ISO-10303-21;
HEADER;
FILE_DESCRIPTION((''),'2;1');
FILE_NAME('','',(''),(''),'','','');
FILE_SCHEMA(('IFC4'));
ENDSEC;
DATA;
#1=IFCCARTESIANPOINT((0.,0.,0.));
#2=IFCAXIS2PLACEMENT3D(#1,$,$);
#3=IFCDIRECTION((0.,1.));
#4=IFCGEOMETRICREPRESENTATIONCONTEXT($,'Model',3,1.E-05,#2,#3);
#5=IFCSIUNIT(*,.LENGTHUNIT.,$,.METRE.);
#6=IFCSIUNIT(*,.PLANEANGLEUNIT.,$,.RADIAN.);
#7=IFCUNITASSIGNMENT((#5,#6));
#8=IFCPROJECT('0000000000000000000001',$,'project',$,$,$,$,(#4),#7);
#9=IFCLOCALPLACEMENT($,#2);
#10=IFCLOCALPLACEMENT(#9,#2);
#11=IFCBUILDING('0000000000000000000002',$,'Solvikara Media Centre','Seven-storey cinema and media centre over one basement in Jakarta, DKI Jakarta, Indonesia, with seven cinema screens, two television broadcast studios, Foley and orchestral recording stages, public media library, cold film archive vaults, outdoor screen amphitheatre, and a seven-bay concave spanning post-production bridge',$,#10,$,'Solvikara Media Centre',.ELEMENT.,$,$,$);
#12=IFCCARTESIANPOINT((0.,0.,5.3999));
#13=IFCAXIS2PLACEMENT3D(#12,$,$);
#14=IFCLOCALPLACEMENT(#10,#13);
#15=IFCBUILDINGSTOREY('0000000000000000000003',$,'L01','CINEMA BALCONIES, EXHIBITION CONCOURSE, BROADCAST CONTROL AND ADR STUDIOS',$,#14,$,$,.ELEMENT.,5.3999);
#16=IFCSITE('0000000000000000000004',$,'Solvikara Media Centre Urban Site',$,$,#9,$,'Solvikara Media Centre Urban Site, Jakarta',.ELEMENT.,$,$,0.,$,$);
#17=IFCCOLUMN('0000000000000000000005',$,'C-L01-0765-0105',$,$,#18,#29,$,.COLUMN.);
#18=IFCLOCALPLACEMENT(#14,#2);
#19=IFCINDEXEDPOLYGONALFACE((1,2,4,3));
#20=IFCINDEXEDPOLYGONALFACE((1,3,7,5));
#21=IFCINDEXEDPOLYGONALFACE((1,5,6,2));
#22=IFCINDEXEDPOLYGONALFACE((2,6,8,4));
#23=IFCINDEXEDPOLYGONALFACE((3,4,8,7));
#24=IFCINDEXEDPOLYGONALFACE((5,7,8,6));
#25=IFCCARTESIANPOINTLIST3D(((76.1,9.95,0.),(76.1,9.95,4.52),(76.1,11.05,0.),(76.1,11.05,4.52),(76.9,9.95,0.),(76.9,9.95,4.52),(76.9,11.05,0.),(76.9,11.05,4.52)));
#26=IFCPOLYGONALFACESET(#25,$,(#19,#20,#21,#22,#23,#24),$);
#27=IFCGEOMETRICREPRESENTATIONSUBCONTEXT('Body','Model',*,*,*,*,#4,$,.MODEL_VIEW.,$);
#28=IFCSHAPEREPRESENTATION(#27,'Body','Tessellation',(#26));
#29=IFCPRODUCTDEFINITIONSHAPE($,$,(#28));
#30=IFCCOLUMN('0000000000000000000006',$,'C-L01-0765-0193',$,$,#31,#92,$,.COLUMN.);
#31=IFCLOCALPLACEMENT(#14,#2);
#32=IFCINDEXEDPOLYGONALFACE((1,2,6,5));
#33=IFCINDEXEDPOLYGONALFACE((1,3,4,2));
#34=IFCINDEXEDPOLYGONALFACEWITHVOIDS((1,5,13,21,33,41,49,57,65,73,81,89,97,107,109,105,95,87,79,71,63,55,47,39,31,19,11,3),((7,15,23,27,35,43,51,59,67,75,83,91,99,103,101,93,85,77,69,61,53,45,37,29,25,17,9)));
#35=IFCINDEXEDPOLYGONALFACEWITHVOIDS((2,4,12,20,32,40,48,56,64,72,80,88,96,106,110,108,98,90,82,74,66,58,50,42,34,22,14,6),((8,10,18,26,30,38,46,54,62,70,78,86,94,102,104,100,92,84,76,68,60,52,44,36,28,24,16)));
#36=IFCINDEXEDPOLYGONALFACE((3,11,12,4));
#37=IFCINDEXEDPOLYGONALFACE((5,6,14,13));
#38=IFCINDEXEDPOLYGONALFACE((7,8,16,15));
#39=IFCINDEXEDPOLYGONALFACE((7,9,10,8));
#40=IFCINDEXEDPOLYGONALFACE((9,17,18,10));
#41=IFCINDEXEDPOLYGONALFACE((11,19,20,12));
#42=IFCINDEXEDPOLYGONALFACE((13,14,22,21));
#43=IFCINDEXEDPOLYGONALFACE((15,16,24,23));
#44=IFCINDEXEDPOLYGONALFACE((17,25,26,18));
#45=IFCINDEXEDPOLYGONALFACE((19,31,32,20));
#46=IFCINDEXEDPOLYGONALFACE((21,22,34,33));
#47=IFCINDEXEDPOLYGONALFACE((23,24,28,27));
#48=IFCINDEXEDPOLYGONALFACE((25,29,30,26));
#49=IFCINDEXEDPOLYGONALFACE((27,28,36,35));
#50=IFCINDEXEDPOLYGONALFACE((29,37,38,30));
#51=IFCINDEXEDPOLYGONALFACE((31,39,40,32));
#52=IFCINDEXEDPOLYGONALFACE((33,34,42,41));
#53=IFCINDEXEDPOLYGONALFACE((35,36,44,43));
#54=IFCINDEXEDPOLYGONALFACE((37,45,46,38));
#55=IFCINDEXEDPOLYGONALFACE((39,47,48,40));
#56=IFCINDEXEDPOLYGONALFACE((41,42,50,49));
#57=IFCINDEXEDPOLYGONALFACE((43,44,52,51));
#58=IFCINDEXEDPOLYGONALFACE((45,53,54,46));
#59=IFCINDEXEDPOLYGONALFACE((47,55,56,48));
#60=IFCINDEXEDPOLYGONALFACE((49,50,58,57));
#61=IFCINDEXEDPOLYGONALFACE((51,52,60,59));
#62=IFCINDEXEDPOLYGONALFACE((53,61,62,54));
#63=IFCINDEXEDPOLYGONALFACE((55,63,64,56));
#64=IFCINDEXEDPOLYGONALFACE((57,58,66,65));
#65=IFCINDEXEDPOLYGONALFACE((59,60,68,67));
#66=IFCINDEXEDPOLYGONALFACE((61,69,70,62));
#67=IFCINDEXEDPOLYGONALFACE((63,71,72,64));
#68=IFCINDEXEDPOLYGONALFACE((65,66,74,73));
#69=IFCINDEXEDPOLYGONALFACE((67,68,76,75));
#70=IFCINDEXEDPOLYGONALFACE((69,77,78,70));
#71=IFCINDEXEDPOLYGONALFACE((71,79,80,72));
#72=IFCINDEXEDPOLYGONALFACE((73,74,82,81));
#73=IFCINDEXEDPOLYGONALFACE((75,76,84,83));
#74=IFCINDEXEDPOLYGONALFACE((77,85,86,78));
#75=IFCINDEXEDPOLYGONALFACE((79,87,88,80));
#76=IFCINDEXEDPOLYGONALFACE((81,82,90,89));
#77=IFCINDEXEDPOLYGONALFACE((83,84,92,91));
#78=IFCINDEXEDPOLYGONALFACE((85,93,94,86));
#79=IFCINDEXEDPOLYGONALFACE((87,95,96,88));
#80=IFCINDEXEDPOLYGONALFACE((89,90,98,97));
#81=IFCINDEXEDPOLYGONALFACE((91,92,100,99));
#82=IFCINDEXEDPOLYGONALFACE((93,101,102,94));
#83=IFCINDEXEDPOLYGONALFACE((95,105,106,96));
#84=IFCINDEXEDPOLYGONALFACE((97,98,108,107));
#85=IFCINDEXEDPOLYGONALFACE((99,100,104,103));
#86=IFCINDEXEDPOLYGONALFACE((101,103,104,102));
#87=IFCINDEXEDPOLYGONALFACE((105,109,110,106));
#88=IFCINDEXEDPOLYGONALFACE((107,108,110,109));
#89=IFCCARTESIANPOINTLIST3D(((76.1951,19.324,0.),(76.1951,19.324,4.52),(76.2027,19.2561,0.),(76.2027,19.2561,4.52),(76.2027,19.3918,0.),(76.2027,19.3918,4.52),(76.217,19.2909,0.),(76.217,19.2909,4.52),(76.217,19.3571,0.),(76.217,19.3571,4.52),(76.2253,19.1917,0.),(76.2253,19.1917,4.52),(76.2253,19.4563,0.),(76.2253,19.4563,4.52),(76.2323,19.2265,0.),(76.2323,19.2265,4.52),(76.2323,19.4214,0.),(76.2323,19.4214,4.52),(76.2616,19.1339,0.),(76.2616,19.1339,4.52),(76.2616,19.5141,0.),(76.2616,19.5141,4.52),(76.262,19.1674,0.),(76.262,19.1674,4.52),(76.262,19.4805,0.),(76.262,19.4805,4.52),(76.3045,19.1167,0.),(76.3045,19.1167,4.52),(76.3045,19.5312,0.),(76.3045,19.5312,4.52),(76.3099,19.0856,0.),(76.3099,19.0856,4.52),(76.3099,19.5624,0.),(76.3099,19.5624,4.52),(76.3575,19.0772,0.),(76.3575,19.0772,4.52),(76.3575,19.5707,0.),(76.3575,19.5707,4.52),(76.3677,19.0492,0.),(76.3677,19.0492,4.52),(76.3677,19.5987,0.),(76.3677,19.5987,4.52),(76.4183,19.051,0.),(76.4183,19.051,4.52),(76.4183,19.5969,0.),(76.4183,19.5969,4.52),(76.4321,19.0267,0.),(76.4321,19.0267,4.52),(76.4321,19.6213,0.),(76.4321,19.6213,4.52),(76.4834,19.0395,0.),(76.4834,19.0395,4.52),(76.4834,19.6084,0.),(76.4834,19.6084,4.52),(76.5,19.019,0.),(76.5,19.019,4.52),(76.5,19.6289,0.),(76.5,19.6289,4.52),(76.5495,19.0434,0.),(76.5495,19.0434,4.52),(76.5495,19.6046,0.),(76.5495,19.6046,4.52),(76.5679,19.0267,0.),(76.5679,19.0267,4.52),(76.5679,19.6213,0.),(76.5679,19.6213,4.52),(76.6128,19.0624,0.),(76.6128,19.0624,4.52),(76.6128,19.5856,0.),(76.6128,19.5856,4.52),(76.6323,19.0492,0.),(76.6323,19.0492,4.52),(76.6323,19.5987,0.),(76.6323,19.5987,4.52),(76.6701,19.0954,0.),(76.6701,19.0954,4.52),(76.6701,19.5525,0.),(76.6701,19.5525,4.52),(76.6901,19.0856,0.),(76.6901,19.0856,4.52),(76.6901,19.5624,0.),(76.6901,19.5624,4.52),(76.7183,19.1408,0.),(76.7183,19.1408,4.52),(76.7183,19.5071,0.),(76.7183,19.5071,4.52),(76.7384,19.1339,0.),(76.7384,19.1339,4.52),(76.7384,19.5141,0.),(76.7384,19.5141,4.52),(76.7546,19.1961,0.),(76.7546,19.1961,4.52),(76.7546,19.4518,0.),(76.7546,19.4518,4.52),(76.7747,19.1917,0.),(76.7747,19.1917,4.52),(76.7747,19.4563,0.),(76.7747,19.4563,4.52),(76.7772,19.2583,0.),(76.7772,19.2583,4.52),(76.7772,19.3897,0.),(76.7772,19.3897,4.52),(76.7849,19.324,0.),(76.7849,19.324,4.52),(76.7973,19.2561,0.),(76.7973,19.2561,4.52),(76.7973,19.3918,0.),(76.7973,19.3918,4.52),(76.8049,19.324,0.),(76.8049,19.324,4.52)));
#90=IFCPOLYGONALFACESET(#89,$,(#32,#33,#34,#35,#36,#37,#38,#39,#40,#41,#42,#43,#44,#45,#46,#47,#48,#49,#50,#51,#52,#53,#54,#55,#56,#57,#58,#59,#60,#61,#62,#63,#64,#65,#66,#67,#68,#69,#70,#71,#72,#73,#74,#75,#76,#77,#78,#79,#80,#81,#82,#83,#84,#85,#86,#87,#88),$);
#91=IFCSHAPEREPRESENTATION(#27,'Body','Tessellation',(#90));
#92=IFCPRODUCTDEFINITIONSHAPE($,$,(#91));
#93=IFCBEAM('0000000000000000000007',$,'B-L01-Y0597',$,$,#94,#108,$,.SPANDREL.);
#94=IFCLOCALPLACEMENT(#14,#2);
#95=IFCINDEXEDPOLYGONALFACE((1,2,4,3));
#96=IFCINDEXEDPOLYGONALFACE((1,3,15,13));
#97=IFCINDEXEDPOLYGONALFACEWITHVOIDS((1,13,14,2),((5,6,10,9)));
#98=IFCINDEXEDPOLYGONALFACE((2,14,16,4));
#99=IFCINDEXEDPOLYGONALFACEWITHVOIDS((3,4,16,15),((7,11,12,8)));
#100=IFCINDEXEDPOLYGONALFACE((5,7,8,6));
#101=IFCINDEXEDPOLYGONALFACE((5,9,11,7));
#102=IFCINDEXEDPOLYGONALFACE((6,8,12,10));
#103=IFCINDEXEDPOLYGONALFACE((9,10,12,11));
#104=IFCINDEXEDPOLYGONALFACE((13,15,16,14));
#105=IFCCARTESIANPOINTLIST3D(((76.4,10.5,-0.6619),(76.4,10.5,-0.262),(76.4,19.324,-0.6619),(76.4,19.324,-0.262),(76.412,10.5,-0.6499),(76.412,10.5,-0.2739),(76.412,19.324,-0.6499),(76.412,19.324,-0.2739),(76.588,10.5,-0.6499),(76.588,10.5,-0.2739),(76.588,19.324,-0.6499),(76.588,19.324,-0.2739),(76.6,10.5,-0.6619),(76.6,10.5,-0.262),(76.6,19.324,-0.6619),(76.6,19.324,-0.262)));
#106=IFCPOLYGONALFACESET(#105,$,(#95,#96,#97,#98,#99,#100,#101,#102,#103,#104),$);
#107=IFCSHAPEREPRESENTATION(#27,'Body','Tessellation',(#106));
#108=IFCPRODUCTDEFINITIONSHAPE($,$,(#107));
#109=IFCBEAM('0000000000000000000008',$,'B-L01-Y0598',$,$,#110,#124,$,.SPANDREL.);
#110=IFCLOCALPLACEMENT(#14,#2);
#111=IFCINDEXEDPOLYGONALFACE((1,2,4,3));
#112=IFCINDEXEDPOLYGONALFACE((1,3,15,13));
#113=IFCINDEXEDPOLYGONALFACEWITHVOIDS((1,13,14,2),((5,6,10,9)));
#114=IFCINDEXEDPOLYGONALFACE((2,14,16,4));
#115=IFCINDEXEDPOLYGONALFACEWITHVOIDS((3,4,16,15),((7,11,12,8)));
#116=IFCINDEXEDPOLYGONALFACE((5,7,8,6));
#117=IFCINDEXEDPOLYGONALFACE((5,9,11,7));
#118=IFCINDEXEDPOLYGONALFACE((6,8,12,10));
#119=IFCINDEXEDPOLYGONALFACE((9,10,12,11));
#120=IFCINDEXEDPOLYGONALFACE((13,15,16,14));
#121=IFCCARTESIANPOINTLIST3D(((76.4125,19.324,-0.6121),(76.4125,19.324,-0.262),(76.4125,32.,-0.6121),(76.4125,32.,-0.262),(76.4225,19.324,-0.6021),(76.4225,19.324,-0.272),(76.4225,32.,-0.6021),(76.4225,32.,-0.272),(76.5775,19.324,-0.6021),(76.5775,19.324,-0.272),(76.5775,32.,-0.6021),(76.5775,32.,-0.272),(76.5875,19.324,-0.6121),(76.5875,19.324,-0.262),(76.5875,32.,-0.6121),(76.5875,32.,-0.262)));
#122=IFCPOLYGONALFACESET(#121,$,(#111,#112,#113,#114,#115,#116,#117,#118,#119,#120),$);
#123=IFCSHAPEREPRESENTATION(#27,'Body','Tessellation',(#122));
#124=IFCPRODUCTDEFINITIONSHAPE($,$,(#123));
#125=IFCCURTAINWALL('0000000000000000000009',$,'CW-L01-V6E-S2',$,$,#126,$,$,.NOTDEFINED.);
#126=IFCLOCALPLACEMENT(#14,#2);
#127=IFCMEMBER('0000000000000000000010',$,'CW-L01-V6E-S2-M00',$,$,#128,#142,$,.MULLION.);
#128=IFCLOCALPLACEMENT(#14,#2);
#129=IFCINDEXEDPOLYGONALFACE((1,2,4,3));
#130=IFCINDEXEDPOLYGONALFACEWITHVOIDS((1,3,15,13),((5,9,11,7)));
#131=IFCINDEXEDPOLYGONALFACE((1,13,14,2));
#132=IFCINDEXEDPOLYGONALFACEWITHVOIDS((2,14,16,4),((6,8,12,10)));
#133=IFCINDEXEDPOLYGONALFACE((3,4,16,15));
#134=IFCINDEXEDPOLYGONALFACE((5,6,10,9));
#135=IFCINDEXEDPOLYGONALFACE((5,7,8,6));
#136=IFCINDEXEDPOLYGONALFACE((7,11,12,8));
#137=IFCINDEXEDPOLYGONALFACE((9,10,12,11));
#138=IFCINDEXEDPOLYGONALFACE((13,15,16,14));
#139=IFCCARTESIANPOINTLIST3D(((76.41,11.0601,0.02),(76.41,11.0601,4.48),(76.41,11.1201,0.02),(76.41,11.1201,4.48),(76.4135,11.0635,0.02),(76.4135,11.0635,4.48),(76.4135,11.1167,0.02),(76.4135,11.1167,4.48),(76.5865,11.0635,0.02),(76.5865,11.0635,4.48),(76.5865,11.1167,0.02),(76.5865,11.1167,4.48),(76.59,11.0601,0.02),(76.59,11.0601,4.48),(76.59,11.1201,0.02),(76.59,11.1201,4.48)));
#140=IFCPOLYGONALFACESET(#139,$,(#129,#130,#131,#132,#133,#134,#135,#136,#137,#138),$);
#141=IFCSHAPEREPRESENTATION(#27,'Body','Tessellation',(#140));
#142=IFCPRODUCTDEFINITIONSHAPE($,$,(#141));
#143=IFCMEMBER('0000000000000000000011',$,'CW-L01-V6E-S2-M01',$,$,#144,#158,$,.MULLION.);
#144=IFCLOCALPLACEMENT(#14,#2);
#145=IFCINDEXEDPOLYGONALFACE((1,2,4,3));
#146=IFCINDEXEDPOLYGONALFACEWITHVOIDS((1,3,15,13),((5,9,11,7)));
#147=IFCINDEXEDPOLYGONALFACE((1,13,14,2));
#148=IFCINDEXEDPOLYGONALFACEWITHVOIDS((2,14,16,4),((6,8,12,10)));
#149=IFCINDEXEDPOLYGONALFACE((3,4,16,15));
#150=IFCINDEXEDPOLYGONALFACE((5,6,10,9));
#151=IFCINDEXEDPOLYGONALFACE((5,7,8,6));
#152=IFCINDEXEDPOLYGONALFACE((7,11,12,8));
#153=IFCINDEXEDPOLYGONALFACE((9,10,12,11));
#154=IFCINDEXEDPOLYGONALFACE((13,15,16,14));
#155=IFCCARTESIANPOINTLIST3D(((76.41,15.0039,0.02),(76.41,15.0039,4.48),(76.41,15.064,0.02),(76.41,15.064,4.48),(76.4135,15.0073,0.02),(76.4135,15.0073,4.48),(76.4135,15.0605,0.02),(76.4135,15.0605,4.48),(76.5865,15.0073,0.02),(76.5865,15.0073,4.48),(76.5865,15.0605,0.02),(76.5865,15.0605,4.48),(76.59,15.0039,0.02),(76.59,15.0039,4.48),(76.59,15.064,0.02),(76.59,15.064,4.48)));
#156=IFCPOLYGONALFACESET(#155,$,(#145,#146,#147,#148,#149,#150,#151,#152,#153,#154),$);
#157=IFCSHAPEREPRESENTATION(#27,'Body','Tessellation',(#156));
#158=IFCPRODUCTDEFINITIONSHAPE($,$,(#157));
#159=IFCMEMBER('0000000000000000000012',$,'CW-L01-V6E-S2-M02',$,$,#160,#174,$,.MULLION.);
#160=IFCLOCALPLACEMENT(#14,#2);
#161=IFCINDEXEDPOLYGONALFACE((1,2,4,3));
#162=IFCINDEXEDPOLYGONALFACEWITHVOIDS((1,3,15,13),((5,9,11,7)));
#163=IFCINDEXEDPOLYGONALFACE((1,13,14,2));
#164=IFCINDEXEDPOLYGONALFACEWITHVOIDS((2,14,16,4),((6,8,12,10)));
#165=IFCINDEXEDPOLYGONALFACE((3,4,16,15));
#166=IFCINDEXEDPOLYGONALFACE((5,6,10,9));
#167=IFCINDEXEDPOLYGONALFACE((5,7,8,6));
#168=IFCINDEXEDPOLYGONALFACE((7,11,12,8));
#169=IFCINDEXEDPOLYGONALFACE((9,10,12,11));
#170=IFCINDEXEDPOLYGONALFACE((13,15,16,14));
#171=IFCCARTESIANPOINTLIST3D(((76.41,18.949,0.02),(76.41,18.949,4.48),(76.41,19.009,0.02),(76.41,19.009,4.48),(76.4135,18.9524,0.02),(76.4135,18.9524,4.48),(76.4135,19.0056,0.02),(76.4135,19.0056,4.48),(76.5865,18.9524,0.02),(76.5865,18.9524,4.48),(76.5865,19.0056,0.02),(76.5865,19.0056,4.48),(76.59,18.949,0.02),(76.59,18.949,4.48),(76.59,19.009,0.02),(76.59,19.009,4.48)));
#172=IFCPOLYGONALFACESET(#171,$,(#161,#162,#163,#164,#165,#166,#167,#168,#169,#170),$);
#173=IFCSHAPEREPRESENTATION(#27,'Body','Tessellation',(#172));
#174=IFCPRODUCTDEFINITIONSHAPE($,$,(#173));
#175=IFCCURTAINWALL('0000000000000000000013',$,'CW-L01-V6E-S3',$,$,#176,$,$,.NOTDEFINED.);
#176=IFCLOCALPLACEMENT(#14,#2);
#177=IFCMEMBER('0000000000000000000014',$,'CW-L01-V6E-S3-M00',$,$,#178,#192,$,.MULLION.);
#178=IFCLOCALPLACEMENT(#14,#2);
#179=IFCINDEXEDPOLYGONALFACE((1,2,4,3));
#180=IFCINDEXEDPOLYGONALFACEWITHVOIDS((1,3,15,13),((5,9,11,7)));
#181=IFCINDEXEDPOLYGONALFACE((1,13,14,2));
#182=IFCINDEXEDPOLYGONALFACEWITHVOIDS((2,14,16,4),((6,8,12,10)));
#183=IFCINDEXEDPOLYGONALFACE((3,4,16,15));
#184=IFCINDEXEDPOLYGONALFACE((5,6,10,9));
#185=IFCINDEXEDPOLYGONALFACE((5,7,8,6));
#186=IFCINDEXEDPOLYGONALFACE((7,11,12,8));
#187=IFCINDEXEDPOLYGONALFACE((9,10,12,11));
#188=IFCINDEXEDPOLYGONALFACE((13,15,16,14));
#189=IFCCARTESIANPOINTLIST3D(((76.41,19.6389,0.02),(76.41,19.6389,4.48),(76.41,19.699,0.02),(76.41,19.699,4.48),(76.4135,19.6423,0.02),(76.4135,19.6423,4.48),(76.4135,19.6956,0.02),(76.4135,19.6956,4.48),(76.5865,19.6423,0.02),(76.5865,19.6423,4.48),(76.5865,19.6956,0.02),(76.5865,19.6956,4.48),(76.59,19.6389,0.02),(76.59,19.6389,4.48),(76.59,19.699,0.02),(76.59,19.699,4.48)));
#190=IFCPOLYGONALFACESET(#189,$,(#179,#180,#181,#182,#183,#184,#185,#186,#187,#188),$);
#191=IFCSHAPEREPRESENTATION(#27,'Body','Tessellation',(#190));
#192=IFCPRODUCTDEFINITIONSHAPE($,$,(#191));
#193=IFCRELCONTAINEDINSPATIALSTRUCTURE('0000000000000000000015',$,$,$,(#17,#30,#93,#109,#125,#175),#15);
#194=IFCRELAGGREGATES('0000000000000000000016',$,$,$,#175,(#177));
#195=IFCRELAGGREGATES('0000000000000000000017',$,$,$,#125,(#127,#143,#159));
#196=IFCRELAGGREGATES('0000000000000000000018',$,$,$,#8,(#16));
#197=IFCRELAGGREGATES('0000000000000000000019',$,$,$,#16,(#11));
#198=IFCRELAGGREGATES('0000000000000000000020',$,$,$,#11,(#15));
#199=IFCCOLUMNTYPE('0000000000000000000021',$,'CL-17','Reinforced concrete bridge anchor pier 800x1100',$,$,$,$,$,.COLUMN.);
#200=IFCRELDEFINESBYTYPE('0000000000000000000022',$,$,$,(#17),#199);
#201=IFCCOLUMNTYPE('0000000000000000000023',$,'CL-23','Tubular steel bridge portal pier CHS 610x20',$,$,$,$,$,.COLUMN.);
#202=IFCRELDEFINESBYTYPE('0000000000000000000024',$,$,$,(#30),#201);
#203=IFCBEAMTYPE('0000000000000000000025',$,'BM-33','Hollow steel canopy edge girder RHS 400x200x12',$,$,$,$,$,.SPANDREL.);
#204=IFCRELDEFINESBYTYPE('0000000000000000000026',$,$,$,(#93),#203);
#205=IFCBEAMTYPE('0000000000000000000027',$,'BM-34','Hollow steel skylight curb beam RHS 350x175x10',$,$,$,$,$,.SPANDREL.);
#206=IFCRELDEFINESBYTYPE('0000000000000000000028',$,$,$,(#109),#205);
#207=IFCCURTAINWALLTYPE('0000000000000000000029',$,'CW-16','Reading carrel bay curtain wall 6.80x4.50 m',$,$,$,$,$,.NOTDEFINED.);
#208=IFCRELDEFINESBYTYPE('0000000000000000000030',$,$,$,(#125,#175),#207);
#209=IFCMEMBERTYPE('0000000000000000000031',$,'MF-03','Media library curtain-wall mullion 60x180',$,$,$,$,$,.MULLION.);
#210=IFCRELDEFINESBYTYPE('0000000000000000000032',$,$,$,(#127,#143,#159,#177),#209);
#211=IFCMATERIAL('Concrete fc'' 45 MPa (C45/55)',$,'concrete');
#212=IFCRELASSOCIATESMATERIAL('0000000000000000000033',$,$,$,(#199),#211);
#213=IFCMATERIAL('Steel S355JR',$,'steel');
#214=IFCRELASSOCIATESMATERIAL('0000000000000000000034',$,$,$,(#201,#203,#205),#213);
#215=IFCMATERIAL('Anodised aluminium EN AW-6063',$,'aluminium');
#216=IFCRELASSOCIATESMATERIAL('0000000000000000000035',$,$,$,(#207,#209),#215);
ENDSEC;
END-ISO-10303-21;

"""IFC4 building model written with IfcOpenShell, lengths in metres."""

from ifc_helpers import new_model, si_unit, direction, frame, origin, origin_2d, place, context, subcontext, project, spatial, rectangle, hollow_rectangle, hollow_circle, extrude, material, material_profile, profile_set, type_object, element, aggregate, save


model = new_model("IFC4")

# Units and contexts
model_context = context("Model", 3, precision=1e-05, world=origin(), true_north=direction((0.0, 1.0)))
body_context = subcontext(model_context, "Body", "Model", "MODEL_VIEW")
ifc_project = project(units=[si_unit("LENGTHUNIT", "METRE"), si_unit("PLANEANGLEUNIT", "RADIAN")], contexts=[model_context])

# Site, building, storey
site_placement = place(None, origin())
site = spatial("IfcSite", under=ifc_project, at=site_placement, Name="Solvikara Media Centre Urban Site", LongName="Solvikara Media Centre Urban Site, Jakarta", CompositionType="ELEMENT", RefElevation=0.0)
building_placement = place(site_placement, origin())
building = spatial("IfcBuilding", under=site, at=building_placement, Name="Solvikara Media Centre", Description="Seven-storey cinema and media centre over one basement in Jakarta, DKI Jakarta, Indonesia, with seven cinema screens, two television broadcast studios, Foley and orchestral recording stages, public media library, cold film archive vaults, outdoor screen amphitheatre, and a seven-bay concave spanning post-production bridge", LongName="Solvikara Media Centre", CompositionType="ELEMENT")
storey_placement = place(building_placement, frame((0.0, 0.0, 5.3999)))
storey = spatial("IfcBuildingStorey", under=building, at=storey_placement, Name="L01", Description="CINEMA BALCONIES, EXHIBITION CONCOURSE, BROADCAST CONTROL AND ADR STUDIOS", CompositionType="ELEMENT", Elevation=5.3999)

# Columns
ifc_material_1 = material(Name="Concrete fc' 45 MPa (C45/55)", Category="concrete")
ifc_material_profile_1 = material_profile(ifc_material_1, rectangle(XDim=0.8, YDim=1.1001, at=origin_2d()), Name="RC 800x1100")
ifc_profile_set_1 = profile_set([ifc_material_profile_1], Name="Concrete fc' 45 MPa (C45/55)")
column_type_1 = type_object("IfcColumnType", Name="CL-17", Description="Reinforced concrete bridge anchor pier 800x1100", PredefinedType="COLUMN", material=ifc_profile_set_1)
column_1_placement = place(storey_placement, frame((76.5, 10.5, 0.0), z_axis=(0.0, 0.0, 1.0), x_axis=(1.0, 0.0, 0.0)))
element("IfcColumn", 1, at=column_1_placement, inside=storey, type_object=column_type_1, Name="C-L01-0765-0105", PredefinedType="COLUMN", context=body_context, shape_type="SweptSolid", body=[
    extrude(rectangle(XDim=0.8, YDim=1.1001, at=origin_2d()), origin(), (0.0, 0.0, 1.0), 4.52),
])
ifc_material_2 = material(Name="Steel S355JR", Category="steel")
ifc_material_profile_2 = material_profile(ifc_material_2, hollow_circle(Radius=0.3049, WallThickness=0.02, at=origin_2d()), Name="CHS 610x20")
ifc_profile_set_2 = profile_set([ifc_material_profile_2], Name="Steel S355JR")
column_type_2 = type_object("IfcColumnType", Name="CL-23", Description="Tubular steel bridge portal pier CHS 610x20", PredefinedType="COLUMN", material=ifc_profile_set_2)
column_2_placement = place(storey_placement, frame((76.5, 19.324, 0.0), z_axis=(0.0, 0.0, 1.0), x_axis=(1.0, 0.0, 0.0)))
element("IfcColumn", 2, at=column_2_placement, inside=storey, type_object=column_type_2, Name="C-L01-0765-0193", PredefinedType="COLUMN", context=body_context, shape_type="SweptSolid", body=[
    extrude(hollow_circle(Radius=0.3049, WallThickness=0.02, at=origin_2d()), origin(), (0.0, 0.0, 1.0), 4.52),
])

# Beams
ifc_material_profile_3 = material_profile(ifc_material_2, hollow_rectangle(XDim=0.2, YDim=0.3999, WallThickness=0.012, at=origin_2d()), Name="RHS 400x200x12")
ifc_profile_set_3 = profile_set([ifc_material_profile_3], Name="Steel S355JR")
beam_type_1 = type_object("IfcBeamType", Name="BM-33", Description="Hollow steel canopy edge girder RHS 400x200x12", PredefinedType="SPANDREL", material=ifc_profile_set_3)
beam_1_placement = place(storey_placement, frame((76.5, 10.5, -0.4619), z_axis=(0.0, 1.0, 0.0), x_axis=(-1.0, 0.0, 0.0)))
element("IfcBeam", 3, at=beam_1_placement, inside=storey, type_object=beam_type_1, Name="B-L01-Y0597", PredefinedType="SPANDREL", context=body_context, shape_type="SweptSolid", body=[
    extrude(hollow_rectangle(XDim=0.2, YDim=0.3999, WallThickness=0.012, at=origin_2d()), origin(), (0.0, 0.0, 1.0), 8.824),
])
ifc_material_profile_4 = material_profile(ifc_material_2, hollow_rectangle(XDim=0.175, YDim=0.3501, WallThickness=0.01, at=origin_2d()), Name="RHS 350x175x10")
ifc_profile_set_4 = profile_set([ifc_material_profile_4], Name="Steel S355JR")
beam_type_2 = type_object("IfcBeamType", Name="BM-34", Description="Hollow steel skylight curb beam RHS 350x175x10", PredefinedType="SPANDREL", material=ifc_profile_set_4)
beam_2_placement = place(storey_placement, frame((76.5, 19.324, -0.437), z_axis=(0.0, 1.0, 0.0), x_axis=(-1.0, 0.0, 0.0)))
element("IfcBeam", 4, at=beam_2_placement, inside=storey, type_object=beam_type_2, Name="B-L01-Y0598", PredefinedType="SPANDREL", context=body_context, shape_type="SweptSolid", body=[
    extrude(hollow_rectangle(XDim=0.175, YDim=0.3501, WallThickness=0.01, at=origin_2d()), origin(), (0.0, 0.0, 1.0), 12.676),
])

# Curtain wall, members
ifc_material_3 = material(Name="Anodised aluminium EN AW-6063", Category="aluminium")
curtain_wall_type = type_object("IfcCurtainWallType", Name="CW-16", Description="Reading carrel bay curtain wall 6.80x4.50 m", PredefinedType="NOTDEFINED", material=ifc_material_3)
curtain_wall_1_placement = place(storey_placement, origin())
curtain_wall_1 = element("IfcCurtainWall", 5, at=curtain_wall_1_placement, inside=storey, type_object=curtain_wall_type, Name="CW-L01-V6E-S2", PredefinedType="NOTDEFINED")
ifc_material_profile_5 = material_profile(ifc_material_3, hollow_rectangle(XDim=0.0601, YDim=0.1799, WallThickness=0.0034, at=origin_2d()), Name="ALU-M 60x180x3.5")
ifc_profile_set_5 = profile_set([ifc_material_profile_5], Name="Anodised aluminium EN AW-6063")
member_type_1 = type_object("IfcMemberType", Name="MF-03", Description="Media library curtain-wall mullion 60x180", PredefinedType="MULLION", material=ifc_profile_set_5)
member_1_placement = place(storey_placement, frame((76.5, 11.0901, 0.02), z_axis=(0.0, 0.0, 1.0), x_axis=(0.0, 1.0, 0.0)))
member_1 = element("IfcMember", 6, at=member_1_placement, type_object=member_type_1, Name="CW-L01-V6E-S2-M00", PredefinedType="MULLION", context=body_context, shape_type="SweptSolid", body=[
    extrude(hollow_rectangle(XDim=0.0601, YDim=0.1799, WallThickness=0.0034, at=origin_2d()), origin(), (0.0, 0.0, 1.0), 4.46),
])
member_2_placement = place(storey_placement, frame((76.5, 15.0339, 0.02), z_axis=(0.0, 0.0, 1.0), x_axis=(0.0, 1.0, 0.0)))
member_2 = element("IfcMember", 7, at=member_2_placement, type_object=member_type_1, Name="CW-L01-V6E-S2-M01", PredefinedType="MULLION", context=body_context, shape_type="SweptSolid", body=[
    extrude(hollow_rectangle(XDim=0.0601, YDim=0.1799, WallThickness=0.0034, at=origin_2d()), origin(), (0.0, 0.0, 1.0), 4.46),
])
member_3_placement = place(storey_placement, frame((76.5, 18.979, 0.02), z_axis=(0.0, 0.0, 1.0), x_axis=(0.0, 1.0, 0.0)))
member_3 = element("IfcMember", 8, at=member_3_placement, type_object=member_type_1, Name="CW-L01-V6E-S2-M02", PredefinedType="MULLION", context=body_context, shape_type="SweptSolid", body=[
    extrude(hollow_rectangle(XDim=0.0601, YDim=0.1799, WallThickness=0.0034, at=origin_2d()), origin(), (0.0, 0.0, 1.0), 4.46),
])

# Curtain wall, member
curtain_wall_2_placement = place(storey_placement, origin())
curtain_wall_2 = element("IfcCurtainWall", 9, at=curtain_wall_2_placement, inside=storey, type_object=curtain_wall_type, Name="CW-L01-V6E-S3", PredefinedType="NOTDEFINED")
member_4_placement = place(storey_placement, frame((76.5, 19.6689, 0.02), z_axis=(0.0, 0.0, 1.0), x_axis=(0.0, 1.0, 0.0)))
member_4 = element("IfcMember", 10, at=member_4_placement, type_object=member_type_1, Name="CW-L01-V6E-S3-M00", PredefinedType="MULLION", context=body_context, shape_type="SweptSolid", body=[
    extrude(hollow_rectangle(XDim=0.0601, YDim=0.1799, WallThickness=0.0034, at=origin_2d()), origin(), (0.0, 0.0, 1.0), 4.46),
])

aggregate(curtain_wall_2, [member_4])

aggregate(curtain_wall_1, [member_1, member_2, member_3])

save(model, "model.ifc")
